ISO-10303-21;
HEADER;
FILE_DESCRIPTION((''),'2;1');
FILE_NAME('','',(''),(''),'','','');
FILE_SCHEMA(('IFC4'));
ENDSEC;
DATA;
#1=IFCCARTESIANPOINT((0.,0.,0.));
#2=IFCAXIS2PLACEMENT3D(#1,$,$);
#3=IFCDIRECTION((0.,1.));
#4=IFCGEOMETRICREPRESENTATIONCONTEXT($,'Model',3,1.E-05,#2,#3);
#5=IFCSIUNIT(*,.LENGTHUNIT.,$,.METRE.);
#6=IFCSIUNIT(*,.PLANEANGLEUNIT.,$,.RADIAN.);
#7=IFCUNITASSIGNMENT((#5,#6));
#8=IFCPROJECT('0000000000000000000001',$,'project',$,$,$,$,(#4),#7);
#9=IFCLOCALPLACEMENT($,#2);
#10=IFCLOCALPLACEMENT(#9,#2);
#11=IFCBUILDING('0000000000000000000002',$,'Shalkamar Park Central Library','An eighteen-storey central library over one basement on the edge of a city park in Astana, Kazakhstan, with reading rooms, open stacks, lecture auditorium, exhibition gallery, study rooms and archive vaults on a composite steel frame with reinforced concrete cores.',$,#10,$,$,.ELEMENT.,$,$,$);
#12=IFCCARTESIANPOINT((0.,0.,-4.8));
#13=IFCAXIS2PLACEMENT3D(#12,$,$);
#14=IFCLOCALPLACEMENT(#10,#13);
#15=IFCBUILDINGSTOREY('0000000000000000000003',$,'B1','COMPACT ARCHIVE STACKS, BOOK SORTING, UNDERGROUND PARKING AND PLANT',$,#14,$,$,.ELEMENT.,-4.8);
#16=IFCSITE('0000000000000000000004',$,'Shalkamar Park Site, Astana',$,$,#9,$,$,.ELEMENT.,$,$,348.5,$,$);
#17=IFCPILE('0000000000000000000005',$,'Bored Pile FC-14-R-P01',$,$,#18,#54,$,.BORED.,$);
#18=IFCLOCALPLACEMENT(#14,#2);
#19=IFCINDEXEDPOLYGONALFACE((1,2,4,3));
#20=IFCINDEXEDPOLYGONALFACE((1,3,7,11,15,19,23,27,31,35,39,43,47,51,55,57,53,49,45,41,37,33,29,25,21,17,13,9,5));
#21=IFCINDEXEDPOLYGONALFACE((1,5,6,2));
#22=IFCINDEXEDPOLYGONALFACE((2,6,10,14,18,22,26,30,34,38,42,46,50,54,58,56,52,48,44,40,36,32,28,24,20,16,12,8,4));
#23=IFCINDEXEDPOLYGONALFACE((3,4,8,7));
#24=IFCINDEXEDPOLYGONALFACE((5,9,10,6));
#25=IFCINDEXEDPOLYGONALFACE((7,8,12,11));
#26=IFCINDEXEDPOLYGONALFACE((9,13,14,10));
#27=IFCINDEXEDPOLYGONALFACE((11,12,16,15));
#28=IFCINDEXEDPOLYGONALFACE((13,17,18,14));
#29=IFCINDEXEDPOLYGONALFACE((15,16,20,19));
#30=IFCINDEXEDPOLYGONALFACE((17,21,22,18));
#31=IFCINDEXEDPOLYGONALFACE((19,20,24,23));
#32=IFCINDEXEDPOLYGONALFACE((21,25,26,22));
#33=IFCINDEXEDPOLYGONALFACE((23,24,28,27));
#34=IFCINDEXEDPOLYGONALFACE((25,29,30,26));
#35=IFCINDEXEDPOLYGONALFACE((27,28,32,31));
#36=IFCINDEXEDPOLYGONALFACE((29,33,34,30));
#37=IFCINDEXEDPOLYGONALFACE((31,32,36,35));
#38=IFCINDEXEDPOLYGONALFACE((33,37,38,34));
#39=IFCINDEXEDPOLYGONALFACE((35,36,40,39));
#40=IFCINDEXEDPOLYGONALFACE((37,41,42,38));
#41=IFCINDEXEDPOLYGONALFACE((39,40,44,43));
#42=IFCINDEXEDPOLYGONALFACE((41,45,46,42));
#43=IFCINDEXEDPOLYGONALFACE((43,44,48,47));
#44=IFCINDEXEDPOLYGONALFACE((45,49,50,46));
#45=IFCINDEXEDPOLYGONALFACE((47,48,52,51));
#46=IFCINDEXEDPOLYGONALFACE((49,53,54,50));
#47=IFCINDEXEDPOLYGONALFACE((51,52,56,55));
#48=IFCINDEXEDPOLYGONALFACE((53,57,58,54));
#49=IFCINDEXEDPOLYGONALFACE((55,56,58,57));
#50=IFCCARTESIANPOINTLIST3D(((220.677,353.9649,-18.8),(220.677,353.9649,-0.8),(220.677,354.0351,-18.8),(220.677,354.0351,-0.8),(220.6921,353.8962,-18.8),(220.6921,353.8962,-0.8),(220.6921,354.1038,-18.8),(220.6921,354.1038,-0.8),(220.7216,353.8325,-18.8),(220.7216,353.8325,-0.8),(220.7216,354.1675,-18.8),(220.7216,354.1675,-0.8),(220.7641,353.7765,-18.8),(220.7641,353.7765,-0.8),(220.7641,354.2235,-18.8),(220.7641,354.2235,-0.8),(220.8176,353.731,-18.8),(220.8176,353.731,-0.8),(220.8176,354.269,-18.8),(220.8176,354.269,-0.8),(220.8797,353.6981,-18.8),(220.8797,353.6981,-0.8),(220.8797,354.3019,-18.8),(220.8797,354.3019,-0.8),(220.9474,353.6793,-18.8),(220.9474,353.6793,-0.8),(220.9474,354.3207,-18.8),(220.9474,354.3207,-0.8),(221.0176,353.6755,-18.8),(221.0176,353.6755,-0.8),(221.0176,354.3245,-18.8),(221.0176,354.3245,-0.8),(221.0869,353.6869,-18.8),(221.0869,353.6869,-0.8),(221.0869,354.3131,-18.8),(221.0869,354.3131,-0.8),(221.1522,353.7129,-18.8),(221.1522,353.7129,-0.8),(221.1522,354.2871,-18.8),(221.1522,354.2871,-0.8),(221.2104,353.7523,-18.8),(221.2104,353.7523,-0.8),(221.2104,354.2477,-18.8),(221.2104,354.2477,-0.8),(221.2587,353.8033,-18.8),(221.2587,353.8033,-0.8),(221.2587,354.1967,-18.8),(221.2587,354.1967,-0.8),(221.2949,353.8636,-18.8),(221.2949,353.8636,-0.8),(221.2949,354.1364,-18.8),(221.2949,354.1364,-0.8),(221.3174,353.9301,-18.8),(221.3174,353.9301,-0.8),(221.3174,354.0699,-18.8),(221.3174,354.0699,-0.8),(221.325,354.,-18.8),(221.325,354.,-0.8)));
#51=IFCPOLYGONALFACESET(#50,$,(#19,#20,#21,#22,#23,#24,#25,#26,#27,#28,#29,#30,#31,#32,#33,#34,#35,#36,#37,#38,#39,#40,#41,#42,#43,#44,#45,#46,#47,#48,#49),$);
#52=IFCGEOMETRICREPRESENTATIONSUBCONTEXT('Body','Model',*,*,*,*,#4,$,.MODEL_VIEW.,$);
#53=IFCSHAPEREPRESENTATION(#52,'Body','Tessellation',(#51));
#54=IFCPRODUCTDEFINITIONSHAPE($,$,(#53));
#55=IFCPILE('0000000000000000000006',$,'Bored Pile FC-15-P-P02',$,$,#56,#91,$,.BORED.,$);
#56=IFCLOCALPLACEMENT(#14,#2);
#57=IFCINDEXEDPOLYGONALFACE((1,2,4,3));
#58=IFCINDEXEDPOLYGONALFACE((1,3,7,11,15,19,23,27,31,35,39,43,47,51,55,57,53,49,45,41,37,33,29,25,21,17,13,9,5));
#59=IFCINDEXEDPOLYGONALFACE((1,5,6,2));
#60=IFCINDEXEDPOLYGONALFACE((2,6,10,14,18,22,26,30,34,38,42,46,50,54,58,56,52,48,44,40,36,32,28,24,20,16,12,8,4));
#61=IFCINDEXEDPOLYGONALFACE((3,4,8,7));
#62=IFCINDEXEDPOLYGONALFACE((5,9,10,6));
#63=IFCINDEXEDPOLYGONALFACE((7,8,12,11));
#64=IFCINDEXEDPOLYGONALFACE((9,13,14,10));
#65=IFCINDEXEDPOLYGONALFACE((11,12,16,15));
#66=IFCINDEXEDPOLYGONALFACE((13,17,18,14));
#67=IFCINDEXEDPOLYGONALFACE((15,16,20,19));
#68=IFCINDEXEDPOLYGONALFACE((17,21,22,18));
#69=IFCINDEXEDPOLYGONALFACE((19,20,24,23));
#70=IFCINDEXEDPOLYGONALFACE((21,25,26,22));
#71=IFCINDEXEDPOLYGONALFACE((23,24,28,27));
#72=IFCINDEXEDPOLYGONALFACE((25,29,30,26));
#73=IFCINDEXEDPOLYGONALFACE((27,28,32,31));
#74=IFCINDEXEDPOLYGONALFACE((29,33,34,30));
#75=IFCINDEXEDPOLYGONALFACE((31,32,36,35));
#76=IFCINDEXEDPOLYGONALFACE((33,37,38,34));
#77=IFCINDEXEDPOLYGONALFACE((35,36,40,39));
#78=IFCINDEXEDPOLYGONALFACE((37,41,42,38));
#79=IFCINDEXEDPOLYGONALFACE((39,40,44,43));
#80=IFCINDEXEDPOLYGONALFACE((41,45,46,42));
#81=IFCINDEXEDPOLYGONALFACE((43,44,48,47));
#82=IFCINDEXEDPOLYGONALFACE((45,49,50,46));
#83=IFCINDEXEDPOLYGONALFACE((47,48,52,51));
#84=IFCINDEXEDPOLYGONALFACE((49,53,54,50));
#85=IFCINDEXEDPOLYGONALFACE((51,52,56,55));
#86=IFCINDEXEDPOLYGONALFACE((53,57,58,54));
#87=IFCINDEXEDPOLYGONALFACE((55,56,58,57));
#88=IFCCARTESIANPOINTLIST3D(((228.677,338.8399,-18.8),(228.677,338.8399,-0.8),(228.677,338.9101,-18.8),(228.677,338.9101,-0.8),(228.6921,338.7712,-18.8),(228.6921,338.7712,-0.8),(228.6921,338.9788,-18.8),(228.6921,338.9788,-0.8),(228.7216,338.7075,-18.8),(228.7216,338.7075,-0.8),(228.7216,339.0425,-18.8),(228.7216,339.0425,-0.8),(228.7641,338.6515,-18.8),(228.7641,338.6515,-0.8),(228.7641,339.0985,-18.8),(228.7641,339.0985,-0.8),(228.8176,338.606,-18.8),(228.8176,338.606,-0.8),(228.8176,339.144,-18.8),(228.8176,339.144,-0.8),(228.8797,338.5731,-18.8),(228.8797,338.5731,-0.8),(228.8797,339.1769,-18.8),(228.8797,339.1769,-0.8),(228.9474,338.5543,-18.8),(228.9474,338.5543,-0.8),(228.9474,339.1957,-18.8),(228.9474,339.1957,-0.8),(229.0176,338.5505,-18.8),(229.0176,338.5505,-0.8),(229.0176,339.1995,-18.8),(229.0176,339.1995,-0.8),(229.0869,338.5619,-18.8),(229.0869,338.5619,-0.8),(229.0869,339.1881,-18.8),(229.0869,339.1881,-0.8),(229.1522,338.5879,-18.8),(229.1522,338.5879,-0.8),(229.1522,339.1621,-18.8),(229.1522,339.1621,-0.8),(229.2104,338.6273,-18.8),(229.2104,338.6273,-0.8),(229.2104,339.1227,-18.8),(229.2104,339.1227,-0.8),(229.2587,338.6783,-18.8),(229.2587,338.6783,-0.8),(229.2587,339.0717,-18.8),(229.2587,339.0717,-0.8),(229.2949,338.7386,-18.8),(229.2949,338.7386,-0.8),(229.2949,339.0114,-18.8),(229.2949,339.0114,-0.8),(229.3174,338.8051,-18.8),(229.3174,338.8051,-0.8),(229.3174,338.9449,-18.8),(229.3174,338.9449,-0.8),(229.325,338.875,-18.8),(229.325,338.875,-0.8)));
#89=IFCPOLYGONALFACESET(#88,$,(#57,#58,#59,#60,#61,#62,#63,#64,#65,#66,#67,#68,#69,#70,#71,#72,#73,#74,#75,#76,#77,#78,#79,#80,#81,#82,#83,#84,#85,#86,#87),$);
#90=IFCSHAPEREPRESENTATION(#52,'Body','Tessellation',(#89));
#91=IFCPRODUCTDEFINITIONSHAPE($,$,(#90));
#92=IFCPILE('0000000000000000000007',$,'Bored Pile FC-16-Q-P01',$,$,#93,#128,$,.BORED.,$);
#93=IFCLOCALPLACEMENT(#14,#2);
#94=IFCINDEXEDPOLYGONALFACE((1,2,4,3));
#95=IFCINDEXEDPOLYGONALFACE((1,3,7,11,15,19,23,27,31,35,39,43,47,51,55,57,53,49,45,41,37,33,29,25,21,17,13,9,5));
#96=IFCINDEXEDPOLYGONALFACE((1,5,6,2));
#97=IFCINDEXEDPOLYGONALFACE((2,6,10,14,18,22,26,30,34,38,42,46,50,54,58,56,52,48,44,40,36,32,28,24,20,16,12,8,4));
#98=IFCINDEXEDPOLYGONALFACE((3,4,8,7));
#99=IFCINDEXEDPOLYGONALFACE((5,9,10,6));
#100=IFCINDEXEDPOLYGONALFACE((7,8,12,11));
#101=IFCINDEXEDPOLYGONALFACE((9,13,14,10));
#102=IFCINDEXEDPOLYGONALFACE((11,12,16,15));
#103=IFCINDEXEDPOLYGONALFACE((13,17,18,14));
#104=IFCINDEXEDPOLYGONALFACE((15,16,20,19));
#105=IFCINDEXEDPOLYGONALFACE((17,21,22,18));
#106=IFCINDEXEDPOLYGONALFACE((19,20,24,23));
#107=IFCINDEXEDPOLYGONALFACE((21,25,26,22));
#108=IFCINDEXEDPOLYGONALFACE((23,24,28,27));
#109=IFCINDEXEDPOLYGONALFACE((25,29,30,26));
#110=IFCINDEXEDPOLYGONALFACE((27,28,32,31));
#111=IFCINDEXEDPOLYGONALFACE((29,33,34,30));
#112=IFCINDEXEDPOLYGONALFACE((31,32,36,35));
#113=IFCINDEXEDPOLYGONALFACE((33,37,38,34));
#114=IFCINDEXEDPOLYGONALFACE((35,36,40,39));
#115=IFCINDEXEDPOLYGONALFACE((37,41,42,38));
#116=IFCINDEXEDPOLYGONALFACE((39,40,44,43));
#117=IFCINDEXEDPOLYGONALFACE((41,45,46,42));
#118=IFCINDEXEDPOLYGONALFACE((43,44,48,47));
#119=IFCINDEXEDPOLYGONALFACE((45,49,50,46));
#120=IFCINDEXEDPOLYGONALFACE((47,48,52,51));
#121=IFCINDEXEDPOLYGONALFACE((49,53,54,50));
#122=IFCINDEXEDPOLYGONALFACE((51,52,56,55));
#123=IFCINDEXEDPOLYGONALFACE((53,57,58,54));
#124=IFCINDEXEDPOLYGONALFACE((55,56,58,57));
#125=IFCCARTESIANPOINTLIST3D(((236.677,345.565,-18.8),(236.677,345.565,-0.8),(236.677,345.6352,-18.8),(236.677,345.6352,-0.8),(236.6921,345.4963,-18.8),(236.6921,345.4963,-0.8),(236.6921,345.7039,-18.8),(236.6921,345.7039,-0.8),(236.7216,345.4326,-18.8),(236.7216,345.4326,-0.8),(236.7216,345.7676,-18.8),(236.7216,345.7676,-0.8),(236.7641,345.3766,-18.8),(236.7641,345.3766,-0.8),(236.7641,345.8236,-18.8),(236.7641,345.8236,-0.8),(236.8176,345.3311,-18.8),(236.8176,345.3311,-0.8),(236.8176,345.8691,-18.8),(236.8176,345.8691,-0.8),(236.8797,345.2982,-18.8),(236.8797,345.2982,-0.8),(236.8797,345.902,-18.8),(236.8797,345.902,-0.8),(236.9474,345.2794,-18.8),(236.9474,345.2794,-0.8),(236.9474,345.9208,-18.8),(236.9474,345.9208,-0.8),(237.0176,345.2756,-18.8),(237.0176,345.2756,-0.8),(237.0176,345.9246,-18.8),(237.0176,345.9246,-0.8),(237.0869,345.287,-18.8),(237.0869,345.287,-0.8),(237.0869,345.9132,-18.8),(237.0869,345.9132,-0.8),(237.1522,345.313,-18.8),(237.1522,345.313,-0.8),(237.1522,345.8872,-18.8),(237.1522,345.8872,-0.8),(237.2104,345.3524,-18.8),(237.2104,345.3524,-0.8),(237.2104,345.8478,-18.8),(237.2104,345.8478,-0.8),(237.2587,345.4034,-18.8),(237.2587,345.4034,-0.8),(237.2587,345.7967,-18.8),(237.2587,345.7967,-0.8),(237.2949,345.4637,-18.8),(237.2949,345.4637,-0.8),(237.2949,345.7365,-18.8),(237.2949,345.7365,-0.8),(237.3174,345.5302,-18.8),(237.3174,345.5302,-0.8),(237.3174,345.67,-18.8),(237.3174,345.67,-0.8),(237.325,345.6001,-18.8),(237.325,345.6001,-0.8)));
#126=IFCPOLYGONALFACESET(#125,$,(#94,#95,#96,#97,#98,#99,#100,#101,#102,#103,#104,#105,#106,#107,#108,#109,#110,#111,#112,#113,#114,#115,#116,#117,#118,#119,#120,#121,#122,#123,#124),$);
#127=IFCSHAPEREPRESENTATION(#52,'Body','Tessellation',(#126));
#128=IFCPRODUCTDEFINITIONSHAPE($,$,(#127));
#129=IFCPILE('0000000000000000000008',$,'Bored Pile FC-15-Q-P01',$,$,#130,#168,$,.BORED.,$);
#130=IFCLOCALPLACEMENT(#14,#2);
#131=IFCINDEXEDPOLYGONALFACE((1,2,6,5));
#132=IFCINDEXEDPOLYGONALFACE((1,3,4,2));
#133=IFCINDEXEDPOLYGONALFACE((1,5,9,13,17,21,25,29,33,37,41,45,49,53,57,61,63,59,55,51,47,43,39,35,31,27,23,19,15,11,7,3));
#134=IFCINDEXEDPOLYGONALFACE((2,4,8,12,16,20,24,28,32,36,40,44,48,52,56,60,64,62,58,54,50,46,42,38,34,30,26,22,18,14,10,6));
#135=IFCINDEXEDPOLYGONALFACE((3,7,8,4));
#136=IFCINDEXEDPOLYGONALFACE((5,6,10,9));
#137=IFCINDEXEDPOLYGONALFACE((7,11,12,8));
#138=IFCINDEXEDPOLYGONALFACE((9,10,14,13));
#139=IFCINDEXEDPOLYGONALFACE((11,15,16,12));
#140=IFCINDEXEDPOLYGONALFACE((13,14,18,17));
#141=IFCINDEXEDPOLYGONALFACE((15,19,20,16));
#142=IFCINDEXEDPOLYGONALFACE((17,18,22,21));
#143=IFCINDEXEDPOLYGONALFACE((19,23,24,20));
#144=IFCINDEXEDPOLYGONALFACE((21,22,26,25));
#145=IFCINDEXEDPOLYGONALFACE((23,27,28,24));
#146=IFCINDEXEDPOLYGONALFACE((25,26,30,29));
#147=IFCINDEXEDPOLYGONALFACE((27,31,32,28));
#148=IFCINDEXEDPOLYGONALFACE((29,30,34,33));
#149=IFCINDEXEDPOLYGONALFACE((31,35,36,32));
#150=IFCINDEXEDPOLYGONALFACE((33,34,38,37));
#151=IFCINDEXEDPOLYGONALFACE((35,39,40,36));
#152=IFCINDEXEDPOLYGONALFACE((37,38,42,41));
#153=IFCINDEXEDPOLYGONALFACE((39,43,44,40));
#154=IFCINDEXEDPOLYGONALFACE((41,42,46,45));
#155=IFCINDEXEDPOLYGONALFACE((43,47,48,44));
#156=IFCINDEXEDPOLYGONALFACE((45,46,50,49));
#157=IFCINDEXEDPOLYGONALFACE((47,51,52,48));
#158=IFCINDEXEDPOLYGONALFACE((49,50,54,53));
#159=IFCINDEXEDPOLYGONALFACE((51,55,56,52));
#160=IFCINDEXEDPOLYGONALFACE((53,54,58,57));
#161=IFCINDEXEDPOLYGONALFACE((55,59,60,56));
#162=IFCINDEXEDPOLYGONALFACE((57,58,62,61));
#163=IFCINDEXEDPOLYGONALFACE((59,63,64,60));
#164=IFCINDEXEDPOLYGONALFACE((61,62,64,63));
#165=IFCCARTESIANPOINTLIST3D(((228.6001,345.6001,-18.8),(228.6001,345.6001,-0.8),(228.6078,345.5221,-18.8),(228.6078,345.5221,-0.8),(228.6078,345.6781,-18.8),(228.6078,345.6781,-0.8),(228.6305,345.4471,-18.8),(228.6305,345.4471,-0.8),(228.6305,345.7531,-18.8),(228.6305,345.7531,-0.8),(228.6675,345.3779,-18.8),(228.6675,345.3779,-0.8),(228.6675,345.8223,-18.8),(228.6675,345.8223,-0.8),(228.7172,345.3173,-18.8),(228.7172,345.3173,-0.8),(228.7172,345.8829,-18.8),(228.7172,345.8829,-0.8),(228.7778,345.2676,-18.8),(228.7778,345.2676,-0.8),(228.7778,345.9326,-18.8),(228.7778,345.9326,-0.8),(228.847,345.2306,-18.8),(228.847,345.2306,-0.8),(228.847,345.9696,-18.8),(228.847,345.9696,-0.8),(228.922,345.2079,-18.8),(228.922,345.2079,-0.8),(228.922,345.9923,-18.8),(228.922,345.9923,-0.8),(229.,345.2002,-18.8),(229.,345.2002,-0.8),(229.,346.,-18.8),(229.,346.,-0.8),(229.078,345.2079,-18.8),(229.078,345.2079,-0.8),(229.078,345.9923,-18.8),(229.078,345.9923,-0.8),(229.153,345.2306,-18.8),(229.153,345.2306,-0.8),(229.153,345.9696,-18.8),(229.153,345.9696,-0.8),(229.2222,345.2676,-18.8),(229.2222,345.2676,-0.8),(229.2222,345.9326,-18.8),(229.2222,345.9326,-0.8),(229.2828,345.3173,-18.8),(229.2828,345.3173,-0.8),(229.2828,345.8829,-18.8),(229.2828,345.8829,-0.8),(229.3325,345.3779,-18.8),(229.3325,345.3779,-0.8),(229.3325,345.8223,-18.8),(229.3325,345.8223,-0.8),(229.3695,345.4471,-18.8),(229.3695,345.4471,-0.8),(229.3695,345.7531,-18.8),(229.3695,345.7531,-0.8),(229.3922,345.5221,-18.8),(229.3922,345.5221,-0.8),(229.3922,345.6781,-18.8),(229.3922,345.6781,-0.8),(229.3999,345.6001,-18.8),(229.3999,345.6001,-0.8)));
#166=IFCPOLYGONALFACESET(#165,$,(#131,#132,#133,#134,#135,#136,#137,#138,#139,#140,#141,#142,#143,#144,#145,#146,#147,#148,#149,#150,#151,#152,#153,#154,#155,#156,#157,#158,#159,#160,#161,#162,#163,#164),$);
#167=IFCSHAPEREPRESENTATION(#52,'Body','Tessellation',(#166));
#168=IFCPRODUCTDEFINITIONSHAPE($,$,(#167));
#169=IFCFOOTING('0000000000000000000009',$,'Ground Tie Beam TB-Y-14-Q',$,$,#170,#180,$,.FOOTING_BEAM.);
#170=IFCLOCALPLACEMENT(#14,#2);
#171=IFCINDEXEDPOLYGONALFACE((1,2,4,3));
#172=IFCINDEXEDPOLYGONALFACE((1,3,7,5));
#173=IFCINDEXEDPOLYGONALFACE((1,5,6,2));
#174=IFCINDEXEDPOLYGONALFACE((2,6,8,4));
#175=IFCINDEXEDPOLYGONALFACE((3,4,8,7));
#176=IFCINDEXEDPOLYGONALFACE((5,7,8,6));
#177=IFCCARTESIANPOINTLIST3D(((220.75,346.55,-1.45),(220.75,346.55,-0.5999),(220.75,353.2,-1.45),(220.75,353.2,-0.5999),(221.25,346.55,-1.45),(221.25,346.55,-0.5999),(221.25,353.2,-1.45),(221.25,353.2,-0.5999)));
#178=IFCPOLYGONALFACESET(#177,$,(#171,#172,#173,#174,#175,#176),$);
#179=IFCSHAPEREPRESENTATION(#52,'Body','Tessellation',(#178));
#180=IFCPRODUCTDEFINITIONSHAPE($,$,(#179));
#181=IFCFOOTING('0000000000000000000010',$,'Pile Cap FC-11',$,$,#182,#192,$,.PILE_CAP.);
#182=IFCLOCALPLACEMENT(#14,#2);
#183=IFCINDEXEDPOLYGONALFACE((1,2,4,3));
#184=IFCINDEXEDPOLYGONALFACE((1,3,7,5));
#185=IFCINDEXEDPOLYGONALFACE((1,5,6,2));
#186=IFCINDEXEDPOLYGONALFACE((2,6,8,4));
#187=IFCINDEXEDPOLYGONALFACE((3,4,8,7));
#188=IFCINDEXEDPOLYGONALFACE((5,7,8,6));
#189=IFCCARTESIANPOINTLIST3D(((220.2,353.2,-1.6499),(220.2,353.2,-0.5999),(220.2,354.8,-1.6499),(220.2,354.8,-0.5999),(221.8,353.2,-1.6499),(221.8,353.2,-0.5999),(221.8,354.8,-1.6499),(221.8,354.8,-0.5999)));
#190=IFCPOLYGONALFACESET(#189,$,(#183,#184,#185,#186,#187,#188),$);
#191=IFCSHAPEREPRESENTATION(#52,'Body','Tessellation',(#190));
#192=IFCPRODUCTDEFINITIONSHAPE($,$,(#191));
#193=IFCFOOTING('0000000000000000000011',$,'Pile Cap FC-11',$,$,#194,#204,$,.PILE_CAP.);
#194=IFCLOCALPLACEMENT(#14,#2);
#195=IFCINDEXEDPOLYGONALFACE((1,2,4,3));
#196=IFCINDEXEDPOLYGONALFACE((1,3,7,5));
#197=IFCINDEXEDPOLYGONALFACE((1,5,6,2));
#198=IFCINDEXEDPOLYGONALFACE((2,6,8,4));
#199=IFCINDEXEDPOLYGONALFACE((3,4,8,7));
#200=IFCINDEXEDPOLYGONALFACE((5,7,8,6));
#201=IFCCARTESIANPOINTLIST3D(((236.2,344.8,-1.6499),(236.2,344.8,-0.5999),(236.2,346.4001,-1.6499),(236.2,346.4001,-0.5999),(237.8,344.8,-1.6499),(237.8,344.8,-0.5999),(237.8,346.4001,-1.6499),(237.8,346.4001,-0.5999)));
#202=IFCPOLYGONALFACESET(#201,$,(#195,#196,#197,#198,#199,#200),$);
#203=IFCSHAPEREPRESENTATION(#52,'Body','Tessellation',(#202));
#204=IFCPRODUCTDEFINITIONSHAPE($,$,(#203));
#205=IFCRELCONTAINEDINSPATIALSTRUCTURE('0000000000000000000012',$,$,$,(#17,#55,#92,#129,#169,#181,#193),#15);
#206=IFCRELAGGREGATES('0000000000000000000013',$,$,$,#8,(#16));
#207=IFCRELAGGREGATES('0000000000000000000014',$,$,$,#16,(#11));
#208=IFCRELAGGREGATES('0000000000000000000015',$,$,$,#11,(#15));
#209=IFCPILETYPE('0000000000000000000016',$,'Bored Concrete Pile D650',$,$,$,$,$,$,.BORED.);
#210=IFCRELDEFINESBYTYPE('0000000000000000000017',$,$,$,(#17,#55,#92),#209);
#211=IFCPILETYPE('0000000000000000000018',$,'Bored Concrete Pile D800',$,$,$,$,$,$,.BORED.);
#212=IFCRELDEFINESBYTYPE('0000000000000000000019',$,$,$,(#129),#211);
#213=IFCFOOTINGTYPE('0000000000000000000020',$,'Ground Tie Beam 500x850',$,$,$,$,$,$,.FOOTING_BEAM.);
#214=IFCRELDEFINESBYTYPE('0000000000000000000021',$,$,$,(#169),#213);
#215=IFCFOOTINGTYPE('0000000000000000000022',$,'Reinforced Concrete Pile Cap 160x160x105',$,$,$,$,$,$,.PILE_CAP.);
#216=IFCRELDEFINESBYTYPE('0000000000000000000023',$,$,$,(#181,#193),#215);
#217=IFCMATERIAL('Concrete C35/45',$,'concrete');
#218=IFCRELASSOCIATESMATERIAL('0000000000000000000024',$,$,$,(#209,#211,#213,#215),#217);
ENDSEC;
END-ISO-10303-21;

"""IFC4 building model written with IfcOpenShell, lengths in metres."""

from ifc_helpers import new_model, si_unit, direction, frame, origin, origin_2d, place, context, subcontext, project, spatial, rectangle, circle, extrude, material, material_profile, profile_set, type_object, element, save


model = new_model("IFC4")

# Units and contexts
model_context = context("Model", 3, precision=1e-05, world=origin(), true_north=direction((0.0, 1.0)))
body_context = subcontext(model_context, "Body", "Model", "MODEL_VIEW")
ifc_project = project(units=[si_unit("LENGTHUNIT", "METRE"), si_unit("PLANEANGLEUNIT", "RADIAN")], contexts=[model_context])

# Site, building, storey
site_placement = place(None, origin())
site = spatial("IfcSite", under=ifc_project, at=site_placement, Name="Shalkamar Park Site, Astana", CompositionType="ELEMENT", RefElevation=348.5)
building_placement = place(site_placement, origin())
building = spatial("IfcBuilding", under=site, at=building_placement, Name="Shalkamar Park Central Library", Description="An eighteen-storey central library over one basement on the edge of a city park in Astana, Kazakhstan, with reading rooms, open stacks, lecture auditorium, exhibition gallery, study rooms and archive vaults on a composite steel frame with reinforced concrete cores.", CompositionType="ELEMENT")
storey_placement = place(building_placement, frame((0.0, 0.0, -4.8)))
storey = spatial("IfcBuildingStorey", under=building, at=storey_placement, Name="B1", Description="COMPACT ARCHIVE STACKS, BOOK SORTING, UNDERGROUND PARKING AND PLANT", CompositionType="ELEMENT", Elevation=-4.8)

# Piles
ifc_material_1 = material(Name="Concrete C35/45", Category="concrete")
ifc_material_profile_1 = material_profile(ifc_material_1, circle(Radius=0.325, at=origin_2d()), Name="PILE D650")
ifc_profile_set_1 = profile_set([ifc_material_profile_1], Name="Concrete C35/45")
pile_type_1 = type_object("IfcPileType", Name="Bored Concrete Pile D650", PredefinedType="BORED", material=ifc_profile_set_1)
for number, where, z_axis, x_axis, name in (
    (1, (221.0, 354.0, -0.8), (0.0, 0.0, -1.0), (1.0, 0.0, 0.0), "Bored Pile FC-14-R-P01"),
    (2, (229.0, 338.875, -0.8), (0.0, 0.0, -1.0), (1.0, 0.0, 0.0), "Bored Pile FC-15-P-P02"),
    (3, (237.0, 345.6001, -0.8), (0.0, 0.0, -1.0), (1.0, 0.0, 0.0), "Bored Pile FC-16-Q-P01"),
):
    element("IfcPile", number, at=place(storey_placement, frame(where, z_axis=z_axis, x_axis=x_axis)), inside=storey, type_object=pile_type_1, Name=name, PredefinedType="BORED", context=body_context, shape_type="SweptSolid", body=[
        extrude(circle(Radius=0.325, at=origin_2d()), origin(), (0.0, 0.0, 1.0), 18.0),
    ])
ifc_material_profile_2 = material_profile(ifc_material_1, circle(Radius=0.3999, at=origin_2d()), Name="PILE D800")
ifc_profile_set_2 = profile_set([ifc_material_profile_2], Name="Concrete C35/45")
pile_type_2 = type_object("IfcPileType", Name="Bored Concrete Pile D800", PredefinedType="BORED", material=ifc_profile_set_2)
pile_placement = place(storey_placement, frame((229.0, 345.6001, -0.8), z_axis=(0.0, 0.0, -1.0), x_axis=(1.0, 0.0, 0.0)))
element("IfcPile", 4, at=pile_placement, inside=storey, type_object=pile_type_2, Name="Bored Pile FC-15-Q-P01", PredefinedType="BORED", context=body_context, shape_type="SweptSolid", body=[
    extrude(circle(Radius=0.3999, at=origin_2d()), origin(), (0.0, 0.0, 1.0), 18.0),
])

# Footings
footing_type_1 = type_object("IfcFootingType", Name="Ground Tie Beam 500x850", PredefinedType="FOOTING_BEAM", material=ifc_material_1)
footing_1_placement = place(storey_placement, frame((221.0, 349.875, -1.45), z_axis=(0.0, 0.0, 1.0), x_axis=(0.0, 1.0, 0.0)))
element("IfcFooting", 5, at=footing_1_placement, inside=storey, type_object=footing_type_1, Name="Ground Tie Beam TB-Y-14-Q", PredefinedType="FOOTING_BEAM", context=body_context, shape_type="SweptSolid", body=[
    extrude(rectangle(XDim=6.6499, YDim=0.5, at=origin_2d()), origin(), (0.0, 0.0, 1.0), 0.8501),
])
footing_type_2 = type_object("IfcFootingType", Name="Reinforced Concrete Pile Cap 160x160x105", PredefinedType="PILE_CAP", material=ifc_material_1)
for number, where, z_axis, x_axis, name in (
    (6, (221.0, 354.0, -1.6499), (0.0, 0.0, 1.0), (1.0, 0.0, 0.0), "Pile Cap FC-11"),
    (7, (237.0, 345.6001, -1.6499), (0.0, 0.0, 1.0), (1.0, 0.0, 0.0), "Pile Cap FC-11"),
):
    element("IfcFooting", number, at=place(storey_placement, frame(where, z_axis=z_axis, x_axis=x_axis)), inside=storey, type_object=footing_type_2, Name=name, PredefinedType="PILE_CAP", context=body_context, shape_type="SweptSolid", body=[
        extrude(rectangle(XDim=1.6001, YDim=1.6001, at=origin_2d()), origin(), (0.0, 0.0, 1.0), 1.05),
    ])

save(model, "model.ifc")
